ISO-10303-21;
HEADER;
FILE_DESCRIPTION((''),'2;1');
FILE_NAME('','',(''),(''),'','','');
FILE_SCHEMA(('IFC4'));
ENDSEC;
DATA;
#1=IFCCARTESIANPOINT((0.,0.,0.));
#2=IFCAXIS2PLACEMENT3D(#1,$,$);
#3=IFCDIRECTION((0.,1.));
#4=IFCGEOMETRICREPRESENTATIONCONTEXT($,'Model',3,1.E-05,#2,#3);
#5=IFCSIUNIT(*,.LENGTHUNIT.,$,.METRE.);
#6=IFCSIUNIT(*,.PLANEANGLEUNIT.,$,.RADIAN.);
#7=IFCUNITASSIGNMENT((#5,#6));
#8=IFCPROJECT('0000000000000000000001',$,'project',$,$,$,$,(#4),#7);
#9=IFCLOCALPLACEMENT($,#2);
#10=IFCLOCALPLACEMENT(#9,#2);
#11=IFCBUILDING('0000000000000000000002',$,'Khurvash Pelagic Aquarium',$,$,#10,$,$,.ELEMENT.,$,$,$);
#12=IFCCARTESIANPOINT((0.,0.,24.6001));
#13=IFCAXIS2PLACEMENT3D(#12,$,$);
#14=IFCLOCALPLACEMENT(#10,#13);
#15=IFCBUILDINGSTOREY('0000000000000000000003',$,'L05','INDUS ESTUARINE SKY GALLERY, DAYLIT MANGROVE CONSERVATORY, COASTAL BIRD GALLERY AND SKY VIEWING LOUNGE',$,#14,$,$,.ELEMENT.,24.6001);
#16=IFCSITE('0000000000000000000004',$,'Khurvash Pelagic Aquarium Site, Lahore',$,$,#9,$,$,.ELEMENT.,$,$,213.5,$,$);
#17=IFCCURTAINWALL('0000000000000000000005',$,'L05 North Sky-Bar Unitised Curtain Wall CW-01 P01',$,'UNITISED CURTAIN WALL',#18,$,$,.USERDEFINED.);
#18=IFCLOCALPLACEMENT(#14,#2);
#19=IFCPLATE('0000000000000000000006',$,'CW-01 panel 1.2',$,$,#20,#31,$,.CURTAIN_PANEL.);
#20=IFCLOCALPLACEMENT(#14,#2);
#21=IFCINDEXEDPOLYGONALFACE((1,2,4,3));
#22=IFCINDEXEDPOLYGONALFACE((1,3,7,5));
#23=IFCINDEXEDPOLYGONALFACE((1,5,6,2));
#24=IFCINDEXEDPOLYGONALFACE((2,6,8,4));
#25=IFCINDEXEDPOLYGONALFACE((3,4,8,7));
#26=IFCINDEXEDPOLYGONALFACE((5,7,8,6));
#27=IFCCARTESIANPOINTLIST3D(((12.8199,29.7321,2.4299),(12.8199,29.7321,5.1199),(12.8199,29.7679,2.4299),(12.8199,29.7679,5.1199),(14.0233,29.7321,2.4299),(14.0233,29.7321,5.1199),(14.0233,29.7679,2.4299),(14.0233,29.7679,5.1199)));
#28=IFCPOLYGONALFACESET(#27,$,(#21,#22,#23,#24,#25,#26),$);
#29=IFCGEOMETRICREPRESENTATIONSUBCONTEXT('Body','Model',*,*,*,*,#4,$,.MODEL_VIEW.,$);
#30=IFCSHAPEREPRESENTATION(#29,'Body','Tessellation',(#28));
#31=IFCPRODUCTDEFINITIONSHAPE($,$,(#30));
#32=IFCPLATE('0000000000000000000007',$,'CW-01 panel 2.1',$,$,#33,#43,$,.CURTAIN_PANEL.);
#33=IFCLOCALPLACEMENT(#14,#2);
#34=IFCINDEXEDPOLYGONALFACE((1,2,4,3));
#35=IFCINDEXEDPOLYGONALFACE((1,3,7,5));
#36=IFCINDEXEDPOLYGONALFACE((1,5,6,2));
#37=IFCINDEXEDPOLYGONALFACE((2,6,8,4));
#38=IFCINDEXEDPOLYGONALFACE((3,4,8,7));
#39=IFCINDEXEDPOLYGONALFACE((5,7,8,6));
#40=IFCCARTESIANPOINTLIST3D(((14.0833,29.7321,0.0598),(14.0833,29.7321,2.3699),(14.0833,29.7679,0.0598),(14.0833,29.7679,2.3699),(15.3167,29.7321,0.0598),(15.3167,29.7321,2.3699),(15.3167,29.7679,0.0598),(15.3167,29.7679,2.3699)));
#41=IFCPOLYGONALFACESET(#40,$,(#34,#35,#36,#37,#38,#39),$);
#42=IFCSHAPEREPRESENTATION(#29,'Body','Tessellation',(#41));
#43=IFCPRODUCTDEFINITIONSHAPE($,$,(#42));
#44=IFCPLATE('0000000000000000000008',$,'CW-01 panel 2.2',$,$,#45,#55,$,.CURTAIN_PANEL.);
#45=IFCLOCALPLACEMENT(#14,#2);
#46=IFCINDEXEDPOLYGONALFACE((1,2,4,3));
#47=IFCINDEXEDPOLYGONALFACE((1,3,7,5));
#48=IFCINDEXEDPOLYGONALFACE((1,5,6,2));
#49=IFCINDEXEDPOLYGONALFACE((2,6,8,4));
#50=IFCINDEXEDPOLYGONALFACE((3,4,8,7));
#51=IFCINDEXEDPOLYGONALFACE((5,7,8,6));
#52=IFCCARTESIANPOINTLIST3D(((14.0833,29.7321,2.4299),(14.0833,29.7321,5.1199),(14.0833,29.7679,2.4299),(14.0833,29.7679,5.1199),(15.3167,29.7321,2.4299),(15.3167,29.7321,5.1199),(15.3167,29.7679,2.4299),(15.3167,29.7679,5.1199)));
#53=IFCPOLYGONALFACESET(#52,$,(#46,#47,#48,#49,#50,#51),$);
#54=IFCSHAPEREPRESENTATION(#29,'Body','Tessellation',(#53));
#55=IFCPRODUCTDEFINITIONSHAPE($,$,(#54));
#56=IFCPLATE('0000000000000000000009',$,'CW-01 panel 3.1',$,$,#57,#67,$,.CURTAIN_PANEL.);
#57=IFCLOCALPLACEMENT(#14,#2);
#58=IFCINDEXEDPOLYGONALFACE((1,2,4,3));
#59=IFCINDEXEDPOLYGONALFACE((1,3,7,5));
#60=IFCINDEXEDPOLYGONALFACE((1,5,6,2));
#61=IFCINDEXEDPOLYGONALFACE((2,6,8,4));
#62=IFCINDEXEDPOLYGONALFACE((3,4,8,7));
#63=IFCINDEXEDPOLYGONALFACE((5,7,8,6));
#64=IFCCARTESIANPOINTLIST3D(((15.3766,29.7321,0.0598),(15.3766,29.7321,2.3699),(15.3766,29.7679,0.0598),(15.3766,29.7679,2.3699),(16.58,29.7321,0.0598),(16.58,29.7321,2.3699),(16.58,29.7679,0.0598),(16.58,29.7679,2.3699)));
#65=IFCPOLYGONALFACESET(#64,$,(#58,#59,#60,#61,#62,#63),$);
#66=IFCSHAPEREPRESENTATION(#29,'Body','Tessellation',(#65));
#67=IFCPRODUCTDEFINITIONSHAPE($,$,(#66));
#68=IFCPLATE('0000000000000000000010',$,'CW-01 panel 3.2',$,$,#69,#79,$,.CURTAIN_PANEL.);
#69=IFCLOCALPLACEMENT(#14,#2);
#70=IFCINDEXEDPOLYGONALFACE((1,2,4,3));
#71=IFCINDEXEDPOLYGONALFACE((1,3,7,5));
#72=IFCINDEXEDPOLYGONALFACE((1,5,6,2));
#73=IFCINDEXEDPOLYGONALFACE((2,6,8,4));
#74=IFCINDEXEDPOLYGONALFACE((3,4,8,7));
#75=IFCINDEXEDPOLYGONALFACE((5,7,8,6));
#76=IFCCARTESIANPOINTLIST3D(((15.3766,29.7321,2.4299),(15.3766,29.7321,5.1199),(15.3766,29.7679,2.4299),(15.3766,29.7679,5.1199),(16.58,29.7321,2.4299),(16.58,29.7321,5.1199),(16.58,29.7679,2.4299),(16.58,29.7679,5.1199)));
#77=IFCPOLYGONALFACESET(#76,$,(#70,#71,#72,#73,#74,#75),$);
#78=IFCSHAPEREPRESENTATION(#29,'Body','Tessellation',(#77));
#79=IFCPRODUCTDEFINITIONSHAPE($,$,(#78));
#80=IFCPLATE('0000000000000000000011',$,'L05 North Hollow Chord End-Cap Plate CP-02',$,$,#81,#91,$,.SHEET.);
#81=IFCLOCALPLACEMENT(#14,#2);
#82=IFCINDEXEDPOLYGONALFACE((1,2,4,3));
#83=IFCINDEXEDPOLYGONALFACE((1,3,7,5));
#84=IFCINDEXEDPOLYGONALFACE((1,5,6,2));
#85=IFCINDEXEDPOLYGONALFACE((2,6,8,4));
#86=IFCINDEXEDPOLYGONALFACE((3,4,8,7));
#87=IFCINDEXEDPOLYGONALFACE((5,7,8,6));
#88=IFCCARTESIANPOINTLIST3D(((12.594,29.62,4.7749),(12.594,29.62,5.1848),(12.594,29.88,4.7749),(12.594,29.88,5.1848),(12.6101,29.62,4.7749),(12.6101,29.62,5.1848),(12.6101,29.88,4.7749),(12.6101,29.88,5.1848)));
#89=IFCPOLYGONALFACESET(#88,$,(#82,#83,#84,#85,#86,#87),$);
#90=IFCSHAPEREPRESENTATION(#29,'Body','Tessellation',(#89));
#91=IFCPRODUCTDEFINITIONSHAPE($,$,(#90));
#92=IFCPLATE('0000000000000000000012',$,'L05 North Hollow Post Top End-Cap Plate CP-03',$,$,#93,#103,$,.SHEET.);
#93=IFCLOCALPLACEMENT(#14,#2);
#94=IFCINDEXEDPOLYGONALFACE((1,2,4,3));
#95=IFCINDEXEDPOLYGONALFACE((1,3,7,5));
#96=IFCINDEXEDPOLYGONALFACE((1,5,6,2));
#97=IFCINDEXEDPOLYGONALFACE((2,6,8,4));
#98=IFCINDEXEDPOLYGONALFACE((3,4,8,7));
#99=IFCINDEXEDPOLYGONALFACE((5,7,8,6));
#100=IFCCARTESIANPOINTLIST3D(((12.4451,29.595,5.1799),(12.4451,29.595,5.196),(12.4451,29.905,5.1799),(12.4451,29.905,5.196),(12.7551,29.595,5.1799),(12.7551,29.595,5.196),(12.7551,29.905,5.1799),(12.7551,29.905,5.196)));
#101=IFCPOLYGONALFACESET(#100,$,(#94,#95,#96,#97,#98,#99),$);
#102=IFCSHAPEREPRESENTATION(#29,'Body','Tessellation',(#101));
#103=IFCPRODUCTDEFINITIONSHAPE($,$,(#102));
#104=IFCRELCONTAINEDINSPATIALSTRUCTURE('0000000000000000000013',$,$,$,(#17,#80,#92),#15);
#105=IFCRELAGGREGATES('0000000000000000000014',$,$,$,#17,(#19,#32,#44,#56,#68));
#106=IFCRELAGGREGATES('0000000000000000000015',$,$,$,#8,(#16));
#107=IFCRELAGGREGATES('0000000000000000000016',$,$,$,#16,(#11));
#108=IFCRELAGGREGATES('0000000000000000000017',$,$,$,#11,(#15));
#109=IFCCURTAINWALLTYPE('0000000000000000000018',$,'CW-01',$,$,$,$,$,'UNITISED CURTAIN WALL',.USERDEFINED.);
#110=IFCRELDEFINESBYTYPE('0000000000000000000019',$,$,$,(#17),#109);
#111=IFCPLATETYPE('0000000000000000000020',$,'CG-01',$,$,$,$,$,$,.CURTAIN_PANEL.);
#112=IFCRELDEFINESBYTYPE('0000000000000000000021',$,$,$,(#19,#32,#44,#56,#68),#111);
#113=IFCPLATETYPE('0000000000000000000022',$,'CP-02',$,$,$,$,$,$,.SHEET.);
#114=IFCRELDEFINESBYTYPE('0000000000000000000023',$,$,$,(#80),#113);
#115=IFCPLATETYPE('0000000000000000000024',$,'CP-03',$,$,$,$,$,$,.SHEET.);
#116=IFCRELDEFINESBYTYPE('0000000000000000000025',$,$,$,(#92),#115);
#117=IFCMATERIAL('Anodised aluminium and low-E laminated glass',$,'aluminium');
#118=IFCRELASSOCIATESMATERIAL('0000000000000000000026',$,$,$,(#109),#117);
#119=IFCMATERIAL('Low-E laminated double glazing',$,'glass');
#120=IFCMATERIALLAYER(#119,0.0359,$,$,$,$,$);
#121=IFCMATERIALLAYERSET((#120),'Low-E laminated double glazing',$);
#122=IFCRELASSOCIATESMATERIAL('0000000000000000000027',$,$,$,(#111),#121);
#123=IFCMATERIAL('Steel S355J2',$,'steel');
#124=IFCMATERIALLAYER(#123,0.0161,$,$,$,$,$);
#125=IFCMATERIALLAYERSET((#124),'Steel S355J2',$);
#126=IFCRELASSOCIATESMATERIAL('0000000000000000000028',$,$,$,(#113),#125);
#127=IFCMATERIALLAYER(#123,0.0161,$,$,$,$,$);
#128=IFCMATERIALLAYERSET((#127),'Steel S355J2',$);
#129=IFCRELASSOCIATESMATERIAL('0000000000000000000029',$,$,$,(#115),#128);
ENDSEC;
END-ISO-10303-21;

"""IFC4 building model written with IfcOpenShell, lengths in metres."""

from ifc_helpers import new_model, si_unit, direction, frame, origin, origin_2d, place, context, subcontext, project, spatial, rectangle, extrude, material, layer, layer_set, type_object, element, aggregate, save


model = new_model("IFC4")

# Units and contexts
model_context = context("Model", 3, precision=1e-05, world=origin(), true_north=direction((0.0, 1.0)))
body_context = subcontext(model_context, "Body", "Model", "MODEL_VIEW")
ifc_project = project(units=[si_unit("LENGTHUNIT", "METRE"), si_unit("PLANEANGLEUNIT", "RADIAN")], contexts=[model_context])

# Site, building, storey
site_placement = place(None, origin())
site = spatial("IfcSite", under=ifc_project, at=site_placement, Name="Khurvash Pelagic Aquarium Site, Lahore", CompositionType="ELEMENT", RefElevation=213.5)
building_placement = place(site_placement, origin())
building = spatial("IfcBuilding", under=site, at=building_placement, Name="Khurvash Pelagic Aquarium", CompositionType="ELEMENT")
storey_placement = place(building_placement, frame((0.0, 0.0, 24.6001)))
storey = spatial("IfcBuildingStorey", under=building, at=storey_placement, Name="L05", Description="INDUS ESTUARINE SKY GALLERY, DAYLIT MANGROVE CONSERVATORY, COASTAL BIRD GALLERY AND SKY VIEWING LOUNGE", CompositionType="ELEMENT", Elevation=24.6001)

# Curtain wall
ifc_material_1 = material(Name="Anodised aluminium and low-E laminated glass", Category="aluminium")
curtain_wall_type = type_object("IfcCurtainWallType", Name="CW-01", ElementType="UNITISED CURTAIN WALL", PredefinedType="USERDEFINED", material=ifc_material_1)
curtain_wall_placement = place(storey_placement, origin())
curtain_wall = element("IfcCurtainWall", 1, at=curtain_wall_placement, inside=storey, type_object=curtain_wall_type, Name="L05 North Sky-Bar Unitised Curtain Wall CW-01 P01", ObjectType="UNITISED CURTAIN WALL", PredefinedType="USERDEFINED")

# Shared definitions
ifc_material_2 = material(Name="Steel S355J2", Category="steel")

# Plates
ifc_material_3 = material(Name="Low-E laminated double glazing", Category="glass")
ifc_layer_1 = layer(ifc_material_3, 0.0359)
ifc_layer_set_1 = layer_set([ifc_layer_1], Name="Low-E laminated double glazing")
plate_type_1 = type_object("IfcPlateType", Name="CG-01", PredefinedType="CURTAIN_PANEL", material=ifc_layer_set_1)
plate_1_placement = place(storey_placement, frame((13.4216, 29.75, 2.4299), z_axis=(0.0, 0.0, 1.0), x_axis=(1.0, 0.0, 0.0)))
plate_1 = element("IfcPlate", 2, at=plate_1_placement, type_object=plate_type_1, Name="CW-01 panel 1.2", PredefinedType="CURTAIN_PANEL", context=body_context, shape_type="SweptSolid", body=[
    extrude(rectangle(XDim=1.2034, YDim=0.0359, at=origin_2d()), origin(), (0.0, 0.0, 1.0), 2.6899),
])
plate_2_placement = place(storey_placement, frame((14.7, 29.75, 0.0598), z_axis=(0.0, 0.0, 1.0), x_axis=(1.0, 0.0, 0.0)))
plate_2 = element("IfcPlate", 3, at=plate_2_placement, type_object=plate_type_1, Name="CW-01 panel 2.1", PredefinedType="CURTAIN_PANEL", context=body_context, shape_type="SweptSolid", body=[
    extrude(rectangle(XDim=1.2334, YDim=0.0359, at=origin_2d()), origin(), (0.0, 0.0, 1.0), 2.3101),
])
plate_3_placement = place(storey_placement, frame((14.7, 29.75, 2.4299), z_axis=(0.0, 0.0, 1.0), x_axis=(1.0, 0.0, 0.0)))
plate_3 = element("IfcPlate", 4, at=plate_3_placement, type_object=plate_type_1, Name="CW-01 panel 2.2", PredefinedType="CURTAIN_PANEL", context=body_context, shape_type="SweptSolid", body=[
    extrude(rectangle(XDim=1.2334, YDim=0.0359, at=origin_2d()), origin(), (0.0, 0.0, 1.0), 2.6899),
])
plate_4_placement = place(storey_placement, frame((15.9783, 29.75, 0.0598), z_axis=(0.0, 0.0, 1.0), x_axis=(1.0, 0.0, 0.0)))
plate_4 = element("IfcPlate", 5, at=plate_4_placement, type_object=plate_type_1, Name="CW-01 panel 3.1", PredefinedType="CURTAIN_PANEL", context=body_context, shape_type="SweptSolid", body=[
    extrude(rectangle(XDim=1.2034, YDim=0.0359, at=origin_2d()), origin(), (0.0, 0.0, 1.0), 2.3101),
])
plate_5_placement = place(storey_placement, frame((15.9783, 29.75, 2.4299), z_axis=(0.0, 0.0, 1.0), x_axis=(1.0, 0.0, 0.0)))
plate_5 = element("IfcPlate", 6, at=plate_5_placement, type_object=plate_type_1, Name="CW-01 panel 3.2", PredefinedType="CURTAIN_PANEL", context=body_context, shape_type="SweptSolid", body=[
    extrude(rectangle(XDim=1.2034, YDim=0.0359, at=origin_2d()), origin(), (0.0, 0.0, 1.0), 2.6899),
])
aggregate(curtain_wall, [plate_1, plate_2, plate_3, plate_4, plate_5])

# Plates
ifc_layer_2 = layer(ifc_material_2, 0.0161)
ifc_layer_set_2 = layer_set([ifc_layer_2], Name="Steel S355J2")
plate_type_2 = type_object("IfcPlateType", Name="CP-02", PredefinedType="SHEET", material=ifc_layer_set_2)
plate_6_placement = place(storey_placement, frame((12.6021, 29.75, 4.7749), z_axis=(0.0, 0.0, 1.0), x_axis=(0.0, 1.0, 0.0)))
element("IfcPlate", 7, at=plate_6_placement, inside=storey, type_object=plate_type_2, Name="L05 North Hollow Chord End-Cap Plate CP-02", PredefinedType="SHEET", context=body_context, shape_type="SweptSolid", body=[
    extrude(rectangle(XDim=0.26, YDim=0.0161, at=origin_2d()), origin(), (0.0, 0.0, 1.0), 0.4099),
])
ifc_layer_3 = layer(ifc_material_2, 0.0161)
ifc_layer_set_3 = layer_set([ifc_layer_3], Name="Steel S355J2")
plate_type_3 = type_object("IfcPlateType", Name="CP-03", PredefinedType="SHEET", material=ifc_layer_set_3)
plate_7_placement = place(storey_placement, frame((12.6001, 29.75, 5.1799), z_axis=(0.0, 0.0, 1.0), x_axis=(1.0, 0.0, 0.0)))
element("IfcPlate", 8, at=plate_7_placement, inside=storey, type_object=plate_type_3, Name="L05 North Hollow Post Top End-Cap Plate CP-03", PredefinedType="SHEET", context=body_context, shape_type="SweptSolid", body=[
    extrude(rectangle(XDim=0.3101, YDim=0.3101, at=origin_2d()), origin(), (0.0, 0.0, 1.0), 0.0161),
])

save(model, "model.ifc")
